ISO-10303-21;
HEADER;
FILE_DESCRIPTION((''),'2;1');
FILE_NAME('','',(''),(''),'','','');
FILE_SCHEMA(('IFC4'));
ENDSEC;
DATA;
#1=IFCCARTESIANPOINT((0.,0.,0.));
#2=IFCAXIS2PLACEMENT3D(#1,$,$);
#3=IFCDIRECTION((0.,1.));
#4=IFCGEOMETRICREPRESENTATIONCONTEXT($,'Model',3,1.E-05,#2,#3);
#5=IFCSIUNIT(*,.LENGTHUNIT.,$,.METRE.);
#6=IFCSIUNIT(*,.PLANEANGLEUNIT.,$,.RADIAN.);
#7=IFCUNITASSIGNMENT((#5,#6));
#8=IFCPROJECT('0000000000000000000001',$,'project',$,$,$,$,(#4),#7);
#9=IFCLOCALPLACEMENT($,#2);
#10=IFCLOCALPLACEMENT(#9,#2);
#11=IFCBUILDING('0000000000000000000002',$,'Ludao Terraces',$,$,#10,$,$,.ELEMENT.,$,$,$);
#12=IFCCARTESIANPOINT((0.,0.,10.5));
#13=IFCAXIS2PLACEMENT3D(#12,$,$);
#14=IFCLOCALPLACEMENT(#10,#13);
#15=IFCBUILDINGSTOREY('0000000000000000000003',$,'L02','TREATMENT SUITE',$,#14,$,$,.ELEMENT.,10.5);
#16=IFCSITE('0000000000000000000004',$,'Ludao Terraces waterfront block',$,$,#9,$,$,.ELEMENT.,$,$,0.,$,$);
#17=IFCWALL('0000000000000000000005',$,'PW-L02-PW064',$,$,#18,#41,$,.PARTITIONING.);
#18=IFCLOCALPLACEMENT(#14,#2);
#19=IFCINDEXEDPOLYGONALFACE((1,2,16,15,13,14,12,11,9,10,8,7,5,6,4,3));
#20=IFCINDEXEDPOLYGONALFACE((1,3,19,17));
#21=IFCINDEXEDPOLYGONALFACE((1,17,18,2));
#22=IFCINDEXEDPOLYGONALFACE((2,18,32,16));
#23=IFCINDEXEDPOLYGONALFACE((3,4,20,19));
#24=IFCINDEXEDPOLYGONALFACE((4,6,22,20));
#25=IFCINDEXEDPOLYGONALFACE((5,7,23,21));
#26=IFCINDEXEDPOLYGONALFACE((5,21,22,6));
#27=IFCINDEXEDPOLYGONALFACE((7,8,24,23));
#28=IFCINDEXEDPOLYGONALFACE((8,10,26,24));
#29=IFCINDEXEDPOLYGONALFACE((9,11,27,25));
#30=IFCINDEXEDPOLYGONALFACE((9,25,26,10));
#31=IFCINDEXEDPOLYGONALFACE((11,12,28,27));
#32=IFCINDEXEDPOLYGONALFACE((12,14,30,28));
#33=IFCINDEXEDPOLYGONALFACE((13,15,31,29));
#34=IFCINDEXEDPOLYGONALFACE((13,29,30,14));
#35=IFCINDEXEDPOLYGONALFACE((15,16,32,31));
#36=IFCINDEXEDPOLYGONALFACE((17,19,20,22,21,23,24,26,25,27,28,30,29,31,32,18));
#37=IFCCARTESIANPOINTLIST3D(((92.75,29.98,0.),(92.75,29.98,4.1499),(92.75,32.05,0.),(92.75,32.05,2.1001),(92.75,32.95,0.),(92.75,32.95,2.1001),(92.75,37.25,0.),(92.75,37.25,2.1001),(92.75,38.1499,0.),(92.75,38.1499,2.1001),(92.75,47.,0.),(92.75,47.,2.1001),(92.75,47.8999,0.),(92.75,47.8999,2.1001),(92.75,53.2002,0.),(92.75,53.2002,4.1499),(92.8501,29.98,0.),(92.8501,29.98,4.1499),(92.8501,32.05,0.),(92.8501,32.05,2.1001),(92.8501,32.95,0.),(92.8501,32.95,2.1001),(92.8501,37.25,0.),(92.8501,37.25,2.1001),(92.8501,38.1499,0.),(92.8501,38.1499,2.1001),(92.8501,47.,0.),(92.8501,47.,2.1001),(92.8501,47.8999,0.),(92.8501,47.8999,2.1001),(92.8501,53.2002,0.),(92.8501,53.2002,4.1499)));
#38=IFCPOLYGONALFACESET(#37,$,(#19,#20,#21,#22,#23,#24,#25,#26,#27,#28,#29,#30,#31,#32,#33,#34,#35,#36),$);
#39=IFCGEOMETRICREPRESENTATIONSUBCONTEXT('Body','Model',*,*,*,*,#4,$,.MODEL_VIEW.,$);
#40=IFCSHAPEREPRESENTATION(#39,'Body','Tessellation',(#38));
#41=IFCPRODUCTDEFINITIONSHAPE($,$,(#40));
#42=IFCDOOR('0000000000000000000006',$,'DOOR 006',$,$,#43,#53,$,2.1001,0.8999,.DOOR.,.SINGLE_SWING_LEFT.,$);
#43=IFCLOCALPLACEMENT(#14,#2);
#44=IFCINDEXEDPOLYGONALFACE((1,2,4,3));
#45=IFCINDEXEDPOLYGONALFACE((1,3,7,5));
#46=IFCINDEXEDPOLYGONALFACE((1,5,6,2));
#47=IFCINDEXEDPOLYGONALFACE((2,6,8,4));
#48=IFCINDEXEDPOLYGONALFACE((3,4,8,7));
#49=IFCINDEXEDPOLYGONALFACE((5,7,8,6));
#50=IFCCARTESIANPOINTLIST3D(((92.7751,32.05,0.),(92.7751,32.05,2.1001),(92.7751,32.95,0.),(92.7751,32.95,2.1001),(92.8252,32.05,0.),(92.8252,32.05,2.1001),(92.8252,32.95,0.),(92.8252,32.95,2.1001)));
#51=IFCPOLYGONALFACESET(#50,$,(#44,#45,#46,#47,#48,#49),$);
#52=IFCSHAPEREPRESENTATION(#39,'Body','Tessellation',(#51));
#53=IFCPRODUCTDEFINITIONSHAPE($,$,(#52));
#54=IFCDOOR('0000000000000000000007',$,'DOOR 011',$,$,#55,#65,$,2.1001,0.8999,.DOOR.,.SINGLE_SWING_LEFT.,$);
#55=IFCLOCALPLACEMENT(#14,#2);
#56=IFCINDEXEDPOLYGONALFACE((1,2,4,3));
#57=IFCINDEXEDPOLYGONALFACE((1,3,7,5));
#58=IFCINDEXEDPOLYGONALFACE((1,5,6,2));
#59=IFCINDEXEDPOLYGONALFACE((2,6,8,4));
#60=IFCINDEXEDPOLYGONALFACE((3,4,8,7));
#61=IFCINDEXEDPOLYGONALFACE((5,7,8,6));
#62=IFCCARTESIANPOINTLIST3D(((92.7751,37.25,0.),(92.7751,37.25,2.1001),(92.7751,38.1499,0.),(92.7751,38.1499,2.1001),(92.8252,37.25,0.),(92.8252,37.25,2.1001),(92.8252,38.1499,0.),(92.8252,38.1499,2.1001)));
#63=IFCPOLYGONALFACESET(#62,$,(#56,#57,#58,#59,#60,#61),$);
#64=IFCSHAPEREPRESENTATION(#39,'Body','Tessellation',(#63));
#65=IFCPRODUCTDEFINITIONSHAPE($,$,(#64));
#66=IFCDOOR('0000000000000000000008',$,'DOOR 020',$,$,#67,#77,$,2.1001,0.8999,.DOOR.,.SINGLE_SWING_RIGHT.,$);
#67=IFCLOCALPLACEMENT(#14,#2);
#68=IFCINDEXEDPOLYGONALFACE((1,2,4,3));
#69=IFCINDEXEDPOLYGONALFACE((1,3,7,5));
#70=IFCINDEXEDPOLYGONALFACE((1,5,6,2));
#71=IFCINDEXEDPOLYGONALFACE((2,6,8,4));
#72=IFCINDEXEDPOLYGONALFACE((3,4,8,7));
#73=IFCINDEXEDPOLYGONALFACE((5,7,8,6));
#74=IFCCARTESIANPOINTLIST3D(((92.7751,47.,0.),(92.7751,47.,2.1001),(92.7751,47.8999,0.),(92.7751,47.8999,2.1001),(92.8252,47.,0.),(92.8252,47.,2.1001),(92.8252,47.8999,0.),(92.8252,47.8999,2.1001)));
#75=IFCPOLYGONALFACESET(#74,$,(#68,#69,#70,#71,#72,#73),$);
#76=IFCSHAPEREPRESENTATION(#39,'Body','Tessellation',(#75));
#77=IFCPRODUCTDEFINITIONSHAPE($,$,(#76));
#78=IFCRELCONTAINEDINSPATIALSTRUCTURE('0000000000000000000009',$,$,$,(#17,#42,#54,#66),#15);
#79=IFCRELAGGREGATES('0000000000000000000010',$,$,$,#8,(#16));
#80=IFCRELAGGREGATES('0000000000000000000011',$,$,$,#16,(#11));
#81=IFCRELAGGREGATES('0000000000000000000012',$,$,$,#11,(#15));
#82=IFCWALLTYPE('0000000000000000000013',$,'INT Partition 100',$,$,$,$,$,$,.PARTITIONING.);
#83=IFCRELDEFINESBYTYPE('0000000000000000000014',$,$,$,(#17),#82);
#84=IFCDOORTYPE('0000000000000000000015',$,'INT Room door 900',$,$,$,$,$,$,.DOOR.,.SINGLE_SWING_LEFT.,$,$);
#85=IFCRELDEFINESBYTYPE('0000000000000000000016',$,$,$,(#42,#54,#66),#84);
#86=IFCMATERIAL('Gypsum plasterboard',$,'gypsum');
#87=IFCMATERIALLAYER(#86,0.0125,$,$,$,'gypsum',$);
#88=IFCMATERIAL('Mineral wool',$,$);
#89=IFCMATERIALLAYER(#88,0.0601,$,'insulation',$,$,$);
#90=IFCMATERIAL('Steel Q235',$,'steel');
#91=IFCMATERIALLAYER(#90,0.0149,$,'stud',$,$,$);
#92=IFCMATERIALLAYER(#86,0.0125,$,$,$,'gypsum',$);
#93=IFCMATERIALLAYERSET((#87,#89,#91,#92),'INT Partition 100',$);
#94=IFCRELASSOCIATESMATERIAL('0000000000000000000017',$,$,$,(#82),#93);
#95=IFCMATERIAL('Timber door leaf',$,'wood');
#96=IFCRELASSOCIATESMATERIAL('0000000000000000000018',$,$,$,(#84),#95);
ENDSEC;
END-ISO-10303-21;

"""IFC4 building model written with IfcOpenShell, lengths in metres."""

from ifc_helpers import new_model, si_unit, direction, frame, frame_2d, origin, place, context, subcontext, project, spatial, rectangle, extrude, material, layer, layer_set, type_object, element, fill, save


model = new_model("IFC4")

# Units and contexts
model_context = context("Model", 3, precision=1e-05, world=origin(), true_north=direction((0.0, 1.0)))
body_context = subcontext(model_context, "Body", "Model", "MODEL_VIEW")
ifc_project = project(units=[si_unit("LENGTHUNIT", "METRE"), si_unit("PLANEANGLEUNIT", "RADIAN")], contexts=[model_context])

# Site, building, storey
site_placement = place(None, origin())
site = spatial("IfcSite", under=ifc_project, at=site_placement, Name="Ludao Terraces waterfront block", CompositionType="ELEMENT", RefElevation=0.0)
building_placement = place(site_placement, origin())
building = spatial("IfcBuilding", under=site, at=building_placement, Name="Ludao Terraces", CompositionType="ELEMENT")
storey_placement = place(building_placement, frame((0.0, 0.0, 10.5)))
storey = spatial("IfcBuildingStorey", under=building, at=storey_placement, Name="L02", Description="TREATMENT SUITE", CompositionType="ELEMENT", Elevation=10.5)

# Shared definitions
ifc_material_1 = material(Name="Steel Q235", Category="steel")

# Shared definitions
ifc_material_2 = material(Name="Gypsum plasterboard", Category="gypsum")
ifc_layer_1 = layer(ifc_material_2, 0.0125, Category="gypsum")
ifc_material_3 = material(Name="Mineral wool")
ifc_layer_2 = layer(ifc_material_3, 0.0601, Name="insulation")
ifc_layer_3 = layer(ifc_material_1, 0.0149, Name="stud")
ifc_layer_4 = layer(ifc_material_2, 0.0125, Category="gypsum")
ifc_layer_set_1 = layer_set([ifc_layer_1, ifc_layer_2, ifc_layer_3, ifc_layer_4], Name="INT Partition 100")
wall_type_1 = type_object("IfcWallType", Name="INT Partition 100", PredefinedType="PARTITIONING", material=ifc_layer_set_1)

# Wall, openings, doors
wall_1_placement = place(storey_placement, frame((92.8, 29.98, 0.0), z_axis=(0.0, 0.0, 1.0), x_axis=(0.0, 1.0, 0.0)))
wall_1 = element("IfcWall", 1, at=wall_1_placement, inside=storey, type_object=wall_type_1, Name="PW-L02-PW064", PredefinedType="PARTITIONING", context=body_context, shape_type="SweptSolid", body=[
    extrude(rectangle(XDim=23.2202, YDim=0.1001, at=frame_2d((11.6101, 0.0))), origin(), (0.0, 0.0, 1.0), 4.1499),
])
opening_1_placement = place(wall_1_placement, frame((2.0701, 0.0, 0.0)))
opening_1 = element("IfcOpeningElement", 2, at=opening_1_placement, cuts=wall_1, PredefinedType="OPENING", context=body_context, shape_type="SweptSolid", body=[
    extrude(rectangle(XDim=0.8999, YDim=2.1001, at=frame_2d((0.45, 1.05))), frame((0.0, 0.0601, 0.0), z_axis=(0.0, -1.0, 0.0), x_axis=(1.0, 0.0, 0.0)), (0.0, 0.0, 1.0), 0.1201),
])
opening_2_placement = place(wall_1_placement, frame((7.27, 0.0, 0.0)))
opening_2 = element("IfcOpeningElement", 3, at=opening_2_placement, cuts=wall_1, PredefinedType="OPENING", context=body_context, shape_type="SweptSolid", body=[
    extrude(rectangle(XDim=0.8999, YDim=2.1001, at=frame_2d((0.45, 1.05))), frame((0.0, 0.0601, 0.0), z_axis=(0.0, -1.0, 0.0), x_axis=(1.0, 0.0, 0.0)), (0.0, 0.0, 1.0), 0.1201),
])
opening_3_placement = place(wall_1_placement, frame((17.02, 0.0, 0.0)))
opening_3 = element("IfcOpeningElement", 4, at=opening_3_placement, cuts=wall_1, PredefinedType="OPENING", context=body_context, shape_type="SweptSolid", body=[
    extrude(rectangle(XDim=0.8999, YDim=2.1001, at=frame_2d((0.45, 1.05))), frame((0.0, 0.0601, 0.0), z_axis=(0.0, -1.0, 0.0), x_axis=(1.0, 0.0, 0.0)), (0.0, 0.0, 1.0), 0.1201),
])
ifc_material_4 = material(Name="Timber door leaf", Category="wood")
door_type_1 = type_object("IfcDoorType", Name="INT Room door 900", OperationType="SINGLE_SWING_LEFT", PredefinedType="DOOR", material=ifc_material_4)
door_1_placement = place(opening_1_placement, origin())
door_1 = element("IfcDoor", 5, at=door_1_placement, inside=storey, type_object=door_type_1, Name="DOOR 006", OperationType="SINGLE_SWING_LEFT", OverallHeight=2.1001, OverallWidth=0.8999, PredefinedType="DOOR", context=body_context, shape_type="SweptSolid", body=[
    extrude(rectangle(XDim=0.8999, YDim=2.1001, at=frame_2d((0.45, 1.05))), frame((0.0, 0.0249, 0.0), z_axis=(0.0, -1.0, 0.0), x_axis=(1.0, 0.0, 0.0)), (0.0, 0.0, 1.0), 0.05),
])
fill(opening_1, door_1)
door_2_placement = place(opening_2_placement, origin())
door_2 = element("IfcDoor", 6, at=door_2_placement, inside=storey, type_object=door_type_1, Name="DOOR 011", OperationType="SINGLE_SWING_LEFT", OverallHeight=2.1001, OverallWidth=0.8999, PredefinedType="DOOR", context=body_context, shape_type="SweptSolid", body=[
    extrude(rectangle(XDim=0.8999, YDim=2.1001, at=frame_2d((0.45, 1.05))), frame((0.0, 0.0249, 0.0), z_axis=(0.0, -1.0, 0.0), x_axis=(1.0, 0.0, 0.0)), (0.0, 0.0, 1.0), 0.05),
])
fill(opening_2, door_2)
door_3_placement = place(opening_3_placement, origin())
door_3 = element("IfcDoor", 7, at=door_3_placement, inside=storey, type_object=door_type_1, Name="DOOR 020", OperationType="SINGLE_SWING_RIGHT", OverallHeight=2.1001, OverallWidth=0.8999, PredefinedType="DOOR", context=body_context, shape_type="SweptSolid", body=[
    extrude(rectangle(XDim=0.8999, YDim=2.1001, at=frame_2d((0.45, 1.05))), frame((0.0, 0.0249, 0.0), z_axis=(0.0, -1.0, 0.0), x_axis=(1.0, 0.0, 0.0)), (0.0, 0.0, 1.0), 0.05),
])
fill(opening_3, door_3)

save(model, "model.ifc")
